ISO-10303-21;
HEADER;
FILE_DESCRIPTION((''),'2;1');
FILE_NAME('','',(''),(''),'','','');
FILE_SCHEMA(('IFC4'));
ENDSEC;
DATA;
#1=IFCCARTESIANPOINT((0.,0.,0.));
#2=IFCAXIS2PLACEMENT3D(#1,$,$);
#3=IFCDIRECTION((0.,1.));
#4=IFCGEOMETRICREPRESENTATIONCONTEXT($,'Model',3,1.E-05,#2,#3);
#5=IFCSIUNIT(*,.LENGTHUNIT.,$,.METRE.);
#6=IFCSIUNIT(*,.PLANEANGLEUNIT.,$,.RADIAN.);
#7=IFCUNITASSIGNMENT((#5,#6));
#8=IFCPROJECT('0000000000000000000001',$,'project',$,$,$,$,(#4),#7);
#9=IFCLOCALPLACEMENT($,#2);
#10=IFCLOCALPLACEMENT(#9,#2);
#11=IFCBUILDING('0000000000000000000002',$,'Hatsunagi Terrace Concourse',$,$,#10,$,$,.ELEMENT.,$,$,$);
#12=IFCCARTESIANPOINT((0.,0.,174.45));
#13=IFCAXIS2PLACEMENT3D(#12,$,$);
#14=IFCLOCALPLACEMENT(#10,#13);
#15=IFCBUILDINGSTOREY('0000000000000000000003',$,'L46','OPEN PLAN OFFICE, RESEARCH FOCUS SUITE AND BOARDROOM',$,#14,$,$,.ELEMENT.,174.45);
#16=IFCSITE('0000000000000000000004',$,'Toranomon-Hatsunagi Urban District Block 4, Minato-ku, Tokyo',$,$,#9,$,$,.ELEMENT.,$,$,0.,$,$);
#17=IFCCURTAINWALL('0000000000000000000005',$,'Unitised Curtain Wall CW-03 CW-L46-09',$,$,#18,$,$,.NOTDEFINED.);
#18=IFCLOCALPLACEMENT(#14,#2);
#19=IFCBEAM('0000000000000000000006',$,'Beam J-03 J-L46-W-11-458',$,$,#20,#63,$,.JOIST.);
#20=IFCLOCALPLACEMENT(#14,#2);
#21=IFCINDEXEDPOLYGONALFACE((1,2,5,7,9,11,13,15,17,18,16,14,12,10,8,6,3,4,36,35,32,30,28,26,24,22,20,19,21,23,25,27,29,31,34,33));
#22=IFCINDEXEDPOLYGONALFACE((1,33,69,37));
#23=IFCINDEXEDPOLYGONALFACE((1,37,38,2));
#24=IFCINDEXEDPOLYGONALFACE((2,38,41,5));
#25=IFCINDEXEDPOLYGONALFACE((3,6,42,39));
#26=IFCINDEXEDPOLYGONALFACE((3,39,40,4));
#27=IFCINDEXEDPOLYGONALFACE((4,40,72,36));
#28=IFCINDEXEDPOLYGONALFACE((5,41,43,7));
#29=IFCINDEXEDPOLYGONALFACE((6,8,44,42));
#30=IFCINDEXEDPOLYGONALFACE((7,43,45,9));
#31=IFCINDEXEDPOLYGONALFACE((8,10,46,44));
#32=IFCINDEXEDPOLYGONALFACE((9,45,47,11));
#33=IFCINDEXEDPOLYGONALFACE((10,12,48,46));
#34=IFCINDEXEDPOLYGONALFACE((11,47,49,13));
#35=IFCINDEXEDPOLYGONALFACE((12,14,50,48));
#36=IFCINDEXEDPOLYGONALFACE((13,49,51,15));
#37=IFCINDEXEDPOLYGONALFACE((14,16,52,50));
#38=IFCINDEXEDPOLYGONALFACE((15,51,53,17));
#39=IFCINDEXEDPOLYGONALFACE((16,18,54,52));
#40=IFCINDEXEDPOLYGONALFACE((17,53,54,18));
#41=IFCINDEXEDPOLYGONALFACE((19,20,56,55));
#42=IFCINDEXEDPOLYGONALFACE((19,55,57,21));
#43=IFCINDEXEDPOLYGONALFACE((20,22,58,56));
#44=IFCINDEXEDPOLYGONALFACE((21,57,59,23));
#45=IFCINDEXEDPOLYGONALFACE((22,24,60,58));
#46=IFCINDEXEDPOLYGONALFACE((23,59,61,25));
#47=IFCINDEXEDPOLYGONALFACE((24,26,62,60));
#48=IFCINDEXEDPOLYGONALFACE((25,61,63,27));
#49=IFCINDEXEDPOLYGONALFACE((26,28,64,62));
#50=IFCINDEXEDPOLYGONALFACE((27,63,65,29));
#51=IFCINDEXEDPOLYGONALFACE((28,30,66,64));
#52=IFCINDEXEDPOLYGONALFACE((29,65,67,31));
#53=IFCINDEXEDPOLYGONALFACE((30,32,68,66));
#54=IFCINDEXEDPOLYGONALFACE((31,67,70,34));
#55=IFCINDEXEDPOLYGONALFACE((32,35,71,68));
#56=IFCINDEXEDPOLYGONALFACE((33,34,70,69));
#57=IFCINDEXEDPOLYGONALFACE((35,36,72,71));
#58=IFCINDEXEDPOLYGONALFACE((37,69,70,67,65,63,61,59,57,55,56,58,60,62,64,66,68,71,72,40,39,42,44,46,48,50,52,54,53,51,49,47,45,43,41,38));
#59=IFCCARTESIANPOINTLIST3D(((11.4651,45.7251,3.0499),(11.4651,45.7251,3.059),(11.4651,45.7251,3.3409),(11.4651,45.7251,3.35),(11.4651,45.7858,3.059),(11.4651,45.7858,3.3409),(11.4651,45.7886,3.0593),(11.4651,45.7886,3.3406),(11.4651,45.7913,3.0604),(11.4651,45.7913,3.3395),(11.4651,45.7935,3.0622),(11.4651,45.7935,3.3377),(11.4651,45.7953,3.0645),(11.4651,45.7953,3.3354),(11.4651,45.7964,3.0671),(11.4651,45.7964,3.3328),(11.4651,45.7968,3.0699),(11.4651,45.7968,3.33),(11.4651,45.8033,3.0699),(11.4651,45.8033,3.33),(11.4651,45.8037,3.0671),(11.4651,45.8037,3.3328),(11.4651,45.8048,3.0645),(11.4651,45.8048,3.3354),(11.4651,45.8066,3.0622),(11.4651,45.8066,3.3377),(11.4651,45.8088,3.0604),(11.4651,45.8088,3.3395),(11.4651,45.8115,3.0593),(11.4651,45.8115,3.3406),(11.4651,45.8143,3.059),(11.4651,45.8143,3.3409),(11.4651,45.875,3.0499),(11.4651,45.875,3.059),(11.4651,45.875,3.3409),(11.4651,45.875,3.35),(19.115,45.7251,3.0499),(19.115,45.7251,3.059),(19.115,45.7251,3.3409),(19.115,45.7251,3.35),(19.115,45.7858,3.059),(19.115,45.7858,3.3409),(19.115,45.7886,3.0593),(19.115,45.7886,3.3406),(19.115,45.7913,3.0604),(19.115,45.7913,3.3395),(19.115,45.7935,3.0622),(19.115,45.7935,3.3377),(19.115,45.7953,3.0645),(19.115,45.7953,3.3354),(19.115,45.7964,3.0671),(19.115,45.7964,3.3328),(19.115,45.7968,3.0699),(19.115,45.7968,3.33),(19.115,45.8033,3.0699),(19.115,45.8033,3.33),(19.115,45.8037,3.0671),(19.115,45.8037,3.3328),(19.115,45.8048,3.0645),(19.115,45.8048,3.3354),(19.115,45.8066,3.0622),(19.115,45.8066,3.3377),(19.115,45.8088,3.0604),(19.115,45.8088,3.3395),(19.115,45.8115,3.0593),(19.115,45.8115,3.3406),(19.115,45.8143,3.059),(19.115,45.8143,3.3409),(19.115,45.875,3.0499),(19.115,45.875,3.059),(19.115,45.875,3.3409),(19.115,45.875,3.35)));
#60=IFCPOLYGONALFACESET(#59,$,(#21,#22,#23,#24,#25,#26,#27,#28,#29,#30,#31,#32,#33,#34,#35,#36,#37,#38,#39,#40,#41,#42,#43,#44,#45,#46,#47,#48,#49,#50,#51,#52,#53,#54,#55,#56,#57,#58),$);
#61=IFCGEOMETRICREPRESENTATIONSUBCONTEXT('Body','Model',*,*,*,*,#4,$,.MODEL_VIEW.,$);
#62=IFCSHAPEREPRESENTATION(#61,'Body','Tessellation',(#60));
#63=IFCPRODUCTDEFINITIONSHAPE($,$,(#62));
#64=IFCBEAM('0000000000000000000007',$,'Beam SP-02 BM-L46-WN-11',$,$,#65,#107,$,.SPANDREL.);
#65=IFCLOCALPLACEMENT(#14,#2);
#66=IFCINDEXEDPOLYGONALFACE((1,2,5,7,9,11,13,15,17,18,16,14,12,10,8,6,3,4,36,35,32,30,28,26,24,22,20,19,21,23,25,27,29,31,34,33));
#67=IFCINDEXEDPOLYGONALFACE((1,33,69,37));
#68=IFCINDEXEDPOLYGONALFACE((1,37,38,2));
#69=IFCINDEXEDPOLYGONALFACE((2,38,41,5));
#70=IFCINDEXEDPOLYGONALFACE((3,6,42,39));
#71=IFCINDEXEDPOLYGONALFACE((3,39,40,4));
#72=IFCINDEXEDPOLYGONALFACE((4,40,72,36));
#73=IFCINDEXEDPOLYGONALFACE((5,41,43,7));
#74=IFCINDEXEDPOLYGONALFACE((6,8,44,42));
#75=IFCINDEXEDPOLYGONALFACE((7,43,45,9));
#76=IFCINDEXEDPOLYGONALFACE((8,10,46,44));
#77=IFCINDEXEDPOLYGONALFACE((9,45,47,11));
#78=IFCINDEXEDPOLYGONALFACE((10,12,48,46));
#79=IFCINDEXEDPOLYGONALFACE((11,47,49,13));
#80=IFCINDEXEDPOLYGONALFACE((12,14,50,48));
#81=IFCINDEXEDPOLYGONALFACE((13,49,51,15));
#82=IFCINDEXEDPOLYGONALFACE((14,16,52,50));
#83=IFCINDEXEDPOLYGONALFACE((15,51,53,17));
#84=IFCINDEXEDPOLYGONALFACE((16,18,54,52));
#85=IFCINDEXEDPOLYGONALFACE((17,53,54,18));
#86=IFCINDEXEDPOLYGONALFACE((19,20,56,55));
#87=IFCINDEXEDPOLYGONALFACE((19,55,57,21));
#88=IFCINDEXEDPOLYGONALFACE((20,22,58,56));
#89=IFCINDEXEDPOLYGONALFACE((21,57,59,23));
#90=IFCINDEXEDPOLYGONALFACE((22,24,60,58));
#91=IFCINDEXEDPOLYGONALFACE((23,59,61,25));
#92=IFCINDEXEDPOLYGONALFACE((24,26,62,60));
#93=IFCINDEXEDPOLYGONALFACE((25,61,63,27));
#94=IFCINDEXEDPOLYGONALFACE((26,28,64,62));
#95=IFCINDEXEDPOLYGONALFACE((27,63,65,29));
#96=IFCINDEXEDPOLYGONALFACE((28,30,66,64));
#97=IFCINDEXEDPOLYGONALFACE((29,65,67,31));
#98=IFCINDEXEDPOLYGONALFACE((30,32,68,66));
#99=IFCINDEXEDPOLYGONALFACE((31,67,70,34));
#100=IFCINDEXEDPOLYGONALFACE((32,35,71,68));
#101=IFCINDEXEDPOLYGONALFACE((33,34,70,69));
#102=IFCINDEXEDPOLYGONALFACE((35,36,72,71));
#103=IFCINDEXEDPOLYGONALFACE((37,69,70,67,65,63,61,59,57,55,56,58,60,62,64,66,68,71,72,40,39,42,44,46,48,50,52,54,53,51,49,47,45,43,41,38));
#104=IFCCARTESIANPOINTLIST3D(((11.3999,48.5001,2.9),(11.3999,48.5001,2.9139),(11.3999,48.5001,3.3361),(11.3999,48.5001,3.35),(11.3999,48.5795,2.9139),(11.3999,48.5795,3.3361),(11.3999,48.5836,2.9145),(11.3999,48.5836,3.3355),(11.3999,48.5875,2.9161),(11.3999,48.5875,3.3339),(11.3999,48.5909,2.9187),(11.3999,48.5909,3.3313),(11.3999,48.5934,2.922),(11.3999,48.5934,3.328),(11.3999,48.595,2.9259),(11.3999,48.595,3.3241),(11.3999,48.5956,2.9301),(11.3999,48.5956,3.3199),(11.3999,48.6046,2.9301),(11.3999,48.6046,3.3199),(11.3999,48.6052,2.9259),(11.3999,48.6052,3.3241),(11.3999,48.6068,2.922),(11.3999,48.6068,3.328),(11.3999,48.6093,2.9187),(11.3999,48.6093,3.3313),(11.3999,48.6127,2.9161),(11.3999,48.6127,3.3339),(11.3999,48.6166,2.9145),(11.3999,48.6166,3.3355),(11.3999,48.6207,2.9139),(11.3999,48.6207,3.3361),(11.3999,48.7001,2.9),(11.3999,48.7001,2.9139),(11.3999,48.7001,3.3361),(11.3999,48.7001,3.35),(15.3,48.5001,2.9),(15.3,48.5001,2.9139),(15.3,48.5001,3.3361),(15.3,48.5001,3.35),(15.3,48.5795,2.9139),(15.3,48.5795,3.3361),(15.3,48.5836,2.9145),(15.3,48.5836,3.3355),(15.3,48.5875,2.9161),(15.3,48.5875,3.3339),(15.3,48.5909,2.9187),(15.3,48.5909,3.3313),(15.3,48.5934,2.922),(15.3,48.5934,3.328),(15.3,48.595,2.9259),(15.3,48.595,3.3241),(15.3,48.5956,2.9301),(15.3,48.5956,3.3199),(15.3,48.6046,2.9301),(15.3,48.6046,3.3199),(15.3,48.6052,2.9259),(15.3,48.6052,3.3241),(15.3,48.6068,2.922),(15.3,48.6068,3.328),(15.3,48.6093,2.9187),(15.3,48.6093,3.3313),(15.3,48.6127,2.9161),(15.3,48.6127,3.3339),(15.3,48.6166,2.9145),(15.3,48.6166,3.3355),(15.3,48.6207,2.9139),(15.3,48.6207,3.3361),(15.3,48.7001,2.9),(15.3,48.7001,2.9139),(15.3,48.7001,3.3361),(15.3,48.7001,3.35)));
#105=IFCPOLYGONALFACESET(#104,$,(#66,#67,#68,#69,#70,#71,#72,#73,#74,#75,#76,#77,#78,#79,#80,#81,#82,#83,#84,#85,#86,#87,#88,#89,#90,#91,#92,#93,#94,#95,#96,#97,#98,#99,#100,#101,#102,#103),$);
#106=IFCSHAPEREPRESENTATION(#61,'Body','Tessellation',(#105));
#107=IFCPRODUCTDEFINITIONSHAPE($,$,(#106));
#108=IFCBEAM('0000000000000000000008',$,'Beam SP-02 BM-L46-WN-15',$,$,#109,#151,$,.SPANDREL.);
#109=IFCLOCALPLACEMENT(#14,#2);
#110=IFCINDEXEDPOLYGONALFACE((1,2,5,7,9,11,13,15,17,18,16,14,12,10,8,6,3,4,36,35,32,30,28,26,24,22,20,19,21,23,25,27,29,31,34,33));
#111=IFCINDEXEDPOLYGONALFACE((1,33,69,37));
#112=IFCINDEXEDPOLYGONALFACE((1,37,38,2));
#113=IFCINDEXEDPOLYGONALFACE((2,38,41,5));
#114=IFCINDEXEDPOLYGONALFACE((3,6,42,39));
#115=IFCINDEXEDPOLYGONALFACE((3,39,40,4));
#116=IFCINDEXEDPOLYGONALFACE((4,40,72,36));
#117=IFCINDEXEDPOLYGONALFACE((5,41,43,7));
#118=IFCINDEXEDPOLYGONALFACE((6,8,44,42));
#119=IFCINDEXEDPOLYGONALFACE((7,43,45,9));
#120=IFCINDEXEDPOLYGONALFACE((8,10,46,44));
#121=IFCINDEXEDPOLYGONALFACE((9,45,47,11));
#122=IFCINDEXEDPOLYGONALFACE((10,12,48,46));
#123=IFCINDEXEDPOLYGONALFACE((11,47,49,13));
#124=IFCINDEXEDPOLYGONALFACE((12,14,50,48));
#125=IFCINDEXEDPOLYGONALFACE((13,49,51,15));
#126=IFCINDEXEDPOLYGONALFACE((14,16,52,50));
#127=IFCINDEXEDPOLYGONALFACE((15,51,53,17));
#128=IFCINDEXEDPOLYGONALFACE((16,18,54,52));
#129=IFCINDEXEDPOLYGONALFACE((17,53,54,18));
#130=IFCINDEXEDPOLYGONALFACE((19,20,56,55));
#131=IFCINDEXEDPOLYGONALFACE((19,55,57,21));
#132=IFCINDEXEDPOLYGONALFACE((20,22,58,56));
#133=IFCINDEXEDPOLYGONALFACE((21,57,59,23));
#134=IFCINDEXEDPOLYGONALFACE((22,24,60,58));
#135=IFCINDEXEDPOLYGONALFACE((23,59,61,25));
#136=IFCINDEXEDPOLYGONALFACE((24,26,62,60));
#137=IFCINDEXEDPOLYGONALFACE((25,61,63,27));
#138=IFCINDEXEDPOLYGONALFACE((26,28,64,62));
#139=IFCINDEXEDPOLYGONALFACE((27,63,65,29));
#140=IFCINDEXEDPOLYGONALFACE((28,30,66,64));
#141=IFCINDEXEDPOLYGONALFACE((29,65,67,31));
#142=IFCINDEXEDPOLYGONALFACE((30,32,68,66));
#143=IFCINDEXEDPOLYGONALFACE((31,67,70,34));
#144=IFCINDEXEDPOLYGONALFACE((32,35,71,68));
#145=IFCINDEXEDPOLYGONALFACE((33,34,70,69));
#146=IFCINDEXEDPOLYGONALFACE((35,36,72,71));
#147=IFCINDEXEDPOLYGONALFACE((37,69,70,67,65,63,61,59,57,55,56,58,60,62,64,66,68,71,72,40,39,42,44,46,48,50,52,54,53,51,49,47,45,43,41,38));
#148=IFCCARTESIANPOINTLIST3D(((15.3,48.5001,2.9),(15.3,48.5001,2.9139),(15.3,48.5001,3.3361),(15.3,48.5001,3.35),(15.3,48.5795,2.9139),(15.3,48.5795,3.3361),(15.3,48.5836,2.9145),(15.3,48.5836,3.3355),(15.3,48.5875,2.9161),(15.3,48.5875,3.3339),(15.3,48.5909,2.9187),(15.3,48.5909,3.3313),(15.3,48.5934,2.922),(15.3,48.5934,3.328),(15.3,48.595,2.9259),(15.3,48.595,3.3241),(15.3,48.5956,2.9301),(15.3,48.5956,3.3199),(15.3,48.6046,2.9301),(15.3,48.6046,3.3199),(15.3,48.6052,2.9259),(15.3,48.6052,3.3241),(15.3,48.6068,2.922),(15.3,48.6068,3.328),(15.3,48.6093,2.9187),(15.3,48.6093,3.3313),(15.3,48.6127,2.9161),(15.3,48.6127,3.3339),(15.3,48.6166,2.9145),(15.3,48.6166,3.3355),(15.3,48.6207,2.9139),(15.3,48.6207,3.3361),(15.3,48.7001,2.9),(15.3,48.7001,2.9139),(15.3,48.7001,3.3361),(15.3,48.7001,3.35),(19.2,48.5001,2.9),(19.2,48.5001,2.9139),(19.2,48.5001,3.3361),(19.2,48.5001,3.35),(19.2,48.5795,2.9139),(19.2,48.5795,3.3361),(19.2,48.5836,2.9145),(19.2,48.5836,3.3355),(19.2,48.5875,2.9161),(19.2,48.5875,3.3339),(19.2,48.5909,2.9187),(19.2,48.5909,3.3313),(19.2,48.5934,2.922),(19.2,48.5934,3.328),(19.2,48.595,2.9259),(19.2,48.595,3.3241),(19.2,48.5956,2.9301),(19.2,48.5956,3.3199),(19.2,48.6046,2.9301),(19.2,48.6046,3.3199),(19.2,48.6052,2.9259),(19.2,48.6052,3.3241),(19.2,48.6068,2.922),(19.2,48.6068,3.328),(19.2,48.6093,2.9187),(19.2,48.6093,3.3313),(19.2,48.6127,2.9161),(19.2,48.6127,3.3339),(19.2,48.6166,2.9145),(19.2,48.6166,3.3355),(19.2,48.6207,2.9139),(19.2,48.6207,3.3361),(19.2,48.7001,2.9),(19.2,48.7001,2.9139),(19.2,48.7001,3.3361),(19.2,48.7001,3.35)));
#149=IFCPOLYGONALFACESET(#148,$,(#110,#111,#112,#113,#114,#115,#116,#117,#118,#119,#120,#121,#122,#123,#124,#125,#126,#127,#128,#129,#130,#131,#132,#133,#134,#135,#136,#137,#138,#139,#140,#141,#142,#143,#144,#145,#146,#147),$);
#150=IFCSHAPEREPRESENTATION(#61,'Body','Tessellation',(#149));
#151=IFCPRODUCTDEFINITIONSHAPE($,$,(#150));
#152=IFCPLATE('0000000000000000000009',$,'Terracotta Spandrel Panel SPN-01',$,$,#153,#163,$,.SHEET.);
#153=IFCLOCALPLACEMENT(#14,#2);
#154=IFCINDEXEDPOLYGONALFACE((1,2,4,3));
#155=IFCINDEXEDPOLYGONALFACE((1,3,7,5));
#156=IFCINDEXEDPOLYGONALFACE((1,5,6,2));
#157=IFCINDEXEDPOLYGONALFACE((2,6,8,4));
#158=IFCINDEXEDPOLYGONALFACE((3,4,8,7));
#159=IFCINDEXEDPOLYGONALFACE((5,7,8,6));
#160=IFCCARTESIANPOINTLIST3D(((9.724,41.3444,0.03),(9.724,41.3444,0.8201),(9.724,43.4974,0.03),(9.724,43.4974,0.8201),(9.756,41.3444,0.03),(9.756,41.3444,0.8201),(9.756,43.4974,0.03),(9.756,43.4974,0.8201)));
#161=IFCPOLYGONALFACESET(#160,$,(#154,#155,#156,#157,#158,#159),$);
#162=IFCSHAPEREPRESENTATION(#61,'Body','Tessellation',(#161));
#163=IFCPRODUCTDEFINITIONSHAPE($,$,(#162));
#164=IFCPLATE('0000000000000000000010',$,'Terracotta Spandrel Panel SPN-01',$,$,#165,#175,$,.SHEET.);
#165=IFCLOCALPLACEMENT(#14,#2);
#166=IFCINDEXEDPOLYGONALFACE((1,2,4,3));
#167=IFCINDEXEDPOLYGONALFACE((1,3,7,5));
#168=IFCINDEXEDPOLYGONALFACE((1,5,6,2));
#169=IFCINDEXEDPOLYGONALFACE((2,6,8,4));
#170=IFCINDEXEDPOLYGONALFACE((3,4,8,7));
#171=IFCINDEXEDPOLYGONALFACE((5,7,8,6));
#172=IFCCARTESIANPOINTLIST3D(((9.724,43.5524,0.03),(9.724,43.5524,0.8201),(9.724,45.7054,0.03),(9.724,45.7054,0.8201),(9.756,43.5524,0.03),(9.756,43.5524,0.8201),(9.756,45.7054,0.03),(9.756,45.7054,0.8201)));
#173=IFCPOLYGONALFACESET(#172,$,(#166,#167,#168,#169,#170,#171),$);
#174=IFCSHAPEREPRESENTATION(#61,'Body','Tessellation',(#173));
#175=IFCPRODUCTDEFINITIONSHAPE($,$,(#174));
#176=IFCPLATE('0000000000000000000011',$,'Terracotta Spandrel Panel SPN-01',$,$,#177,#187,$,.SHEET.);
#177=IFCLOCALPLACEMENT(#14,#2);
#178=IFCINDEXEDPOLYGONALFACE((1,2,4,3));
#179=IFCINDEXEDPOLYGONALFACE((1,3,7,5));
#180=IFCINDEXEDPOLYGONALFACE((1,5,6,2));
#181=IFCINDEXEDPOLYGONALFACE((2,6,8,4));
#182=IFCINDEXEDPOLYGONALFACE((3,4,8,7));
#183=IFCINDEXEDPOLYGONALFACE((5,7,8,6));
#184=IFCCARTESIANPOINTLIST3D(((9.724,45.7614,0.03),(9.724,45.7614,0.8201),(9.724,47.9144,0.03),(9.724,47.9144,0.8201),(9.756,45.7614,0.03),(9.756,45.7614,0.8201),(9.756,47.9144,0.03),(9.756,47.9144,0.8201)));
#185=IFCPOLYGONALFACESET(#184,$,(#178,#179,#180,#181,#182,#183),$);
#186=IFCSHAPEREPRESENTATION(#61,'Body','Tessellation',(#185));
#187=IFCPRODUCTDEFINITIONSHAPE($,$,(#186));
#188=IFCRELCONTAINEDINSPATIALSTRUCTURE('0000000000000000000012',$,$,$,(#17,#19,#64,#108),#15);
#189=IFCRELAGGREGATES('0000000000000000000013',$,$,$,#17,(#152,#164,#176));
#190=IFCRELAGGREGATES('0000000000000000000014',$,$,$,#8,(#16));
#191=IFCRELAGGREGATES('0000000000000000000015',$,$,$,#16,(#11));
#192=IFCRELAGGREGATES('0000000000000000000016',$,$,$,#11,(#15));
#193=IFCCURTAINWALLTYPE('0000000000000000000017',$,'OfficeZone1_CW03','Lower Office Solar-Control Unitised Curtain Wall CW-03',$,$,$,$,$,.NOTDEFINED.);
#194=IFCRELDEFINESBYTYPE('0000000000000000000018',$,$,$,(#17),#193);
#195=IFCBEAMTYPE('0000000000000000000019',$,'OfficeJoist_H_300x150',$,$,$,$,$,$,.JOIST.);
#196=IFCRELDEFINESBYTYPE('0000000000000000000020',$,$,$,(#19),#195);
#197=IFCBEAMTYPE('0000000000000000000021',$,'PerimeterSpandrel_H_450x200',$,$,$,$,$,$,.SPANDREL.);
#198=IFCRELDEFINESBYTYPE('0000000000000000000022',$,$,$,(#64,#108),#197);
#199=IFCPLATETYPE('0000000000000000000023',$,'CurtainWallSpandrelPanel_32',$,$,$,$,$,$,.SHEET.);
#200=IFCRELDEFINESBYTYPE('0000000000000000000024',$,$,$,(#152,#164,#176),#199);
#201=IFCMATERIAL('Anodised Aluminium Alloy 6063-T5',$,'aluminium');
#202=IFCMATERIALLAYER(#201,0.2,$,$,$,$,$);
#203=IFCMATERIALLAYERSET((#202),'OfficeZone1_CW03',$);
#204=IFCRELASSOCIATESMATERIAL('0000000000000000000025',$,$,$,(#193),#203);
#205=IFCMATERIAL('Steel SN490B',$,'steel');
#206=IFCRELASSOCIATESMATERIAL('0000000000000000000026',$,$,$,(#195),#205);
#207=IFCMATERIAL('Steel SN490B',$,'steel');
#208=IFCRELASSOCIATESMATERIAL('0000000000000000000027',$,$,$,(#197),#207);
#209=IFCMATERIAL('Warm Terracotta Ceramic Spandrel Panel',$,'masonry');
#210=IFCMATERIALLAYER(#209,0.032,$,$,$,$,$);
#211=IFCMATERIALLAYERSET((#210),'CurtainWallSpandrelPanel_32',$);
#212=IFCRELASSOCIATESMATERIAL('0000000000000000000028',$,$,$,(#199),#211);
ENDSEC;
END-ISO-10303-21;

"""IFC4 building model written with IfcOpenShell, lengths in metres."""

from ifc_helpers import new_model, si_unit, direction, frame, origin, origin_2d, place, context, subcontext, project, spatial, rectangle, i_section, extrude, material, layer, layer_set, material_profile, profile_set, type_object, element, aggregate, save


model = new_model("IFC4")

# Units and contexts
model_context = context("Model", 3, precision=1e-05, world=origin(), true_north=direction((0.0, 1.0)))
body_context = subcontext(model_context, "Body", "Model", "MODEL_VIEW")
ifc_project = project(units=[si_unit("LENGTHUNIT", "METRE"), si_unit("PLANEANGLEUNIT", "RADIAN")], contexts=[model_context])

# Site, building, storey
site_placement = place(None, origin())
site = spatial("IfcSite", under=ifc_project, at=site_placement, Name="Toranomon-Hatsunagi Urban District Block 4, Minato-ku, Tokyo", CompositionType="ELEMENT", RefElevation=0.0)
building_placement = place(site_placement, origin())
building = spatial("IfcBuilding", under=site, at=building_placement, Name="Hatsunagi Terrace Concourse", CompositionType="ELEMENT")
storey_placement = place(building_placement, frame((0.0, 0.0, 174.45)))
storey = spatial("IfcBuildingStorey", under=building, at=storey_placement, Name="L46", Description="OPEN PLAN OFFICE, RESEARCH FOCUS SUITE AND BOARDROOM", CompositionType="ELEMENT", Elevation=174.45)

# Curtain wall
ifc_material_1 = material(Name="Anodised Aluminium Alloy 6063-T5", Category="aluminium")
ifc_layer_1 = layer(ifc_material_1, 0.2)
ifc_layer_set_1 = layer_set([ifc_layer_1], Name="OfficeZone1_CW03")
curtain_wall_type = type_object("IfcCurtainWallType", Name="OfficeZone1_CW03", Description="Lower Office Solar-Control Unitised Curtain Wall CW-03", PredefinedType="NOTDEFINED", material=ifc_layer_set_1)
curtain_wall_placement = place(storey_placement, origin())
curtain_wall = element("IfcCurtainWall", 1, at=curtain_wall_placement, inside=storey, type_object=curtain_wall_type, Name="Unitised Curtain Wall CW-03 CW-L46-09", PredefinedType="NOTDEFINED")

# Beams
ifc_material_2 = material(Name="Steel SN490B", Category="steel")
ifc_material_profile_1 = material_profile(ifc_material_2, i_section(OverallWidth=0.1499, OverallDepth=0.3, WebThickness=0.0066, FlangeThickness=0.009, FilletRadius=0.011, at=origin_2d()), Name="H-300x150x6.5x9")
ifc_profile_set_1 = profile_set([ifc_material_profile_1], Name="Steel SN490B")
beam_type_1 = type_object("IfcBeamType", Name="OfficeJoist_H_300x150", PredefinedType="JOIST", material=ifc_profile_set_1)
for number, where, z_axis, x_axis, name in (
    (2, (11.4651, 45.8, 3.2), (1.0, 0.0, 0.0), (0.0, 1.0, 0.0), "Beam J-03 J-L46-W-11-458"),
):
    element("IfcBeam", number, at=place(storey_placement, frame(where, z_axis=z_axis, x_axis=x_axis)), inside=storey, type_object=beam_type_1, Name=name, PredefinedType="JOIST", context=body_context, shape_type="SweptSolid", body=[
        extrude(i_section(OverallWidth=0.1499, OverallDepth=0.3, WebThickness=0.0066, FlangeThickness=0.009, FilletRadius=0.011, at=origin_2d()), origin(), (0.0, 0.0, 1.0), 7.6499),
    ])
ifc_material_3 = material(Name="Steel SN490B", Category="steel")
ifc_material_profile_2 = material_profile(ifc_material_3, i_section(OverallWidth=0.2, OverallDepth=0.45, WebThickness=0.009, FlangeThickness=0.0139, FilletRadius=0.0161, at=origin_2d()), Name="H-450x200x9x14")
ifc_profile_set_2 = profile_set([ifc_material_profile_2], Name="Steel SN490B")
beam_type_2 = type_object("IfcBeamType", Name="PerimeterSpandrel_H_450x200", PredefinedType="SPANDREL", material=ifc_profile_set_2)
beam_1_placement = place(storey_placement, frame((11.3999, 48.6001, 3.125), z_axis=(1.0, 0.0, 0.0), x_axis=(0.0, 1.0, 0.0)))
element("IfcBeam", 3, at=beam_1_placement, inside=storey, type_object=beam_type_2, Name="Beam SP-02 BM-L46-WN-11", PredefinedType="SPANDREL", context=body_context, shape_type="SweptSolid", body=[
    extrude(i_section(OverallWidth=0.2, OverallDepth=0.45, WebThickness=0.009, FlangeThickness=0.0139, FilletRadius=0.0161, at=origin_2d()), origin(), (0.0, 0.0, 1.0), 3.9001),
])
beam_2_placement = place(storey_placement, frame((15.3, 48.6001, 3.125), z_axis=(1.0, 0.0, 0.0), x_axis=(0.0, 1.0, 0.0)))
element("IfcBeam", 4, at=beam_2_placement, inside=storey, type_object=beam_type_2, Name="Beam SP-02 BM-L46-WN-15", PredefinedType="SPANDREL", context=body_context, shape_type="SweptSolid", body=[
    extrude(i_section(OverallWidth=0.2, OverallDepth=0.45, WebThickness=0.009, FlangeThickness=0.0139, FilletRadius=0.0161, at=origin_2d()), origin(), (0.0, 0.0, 1.0), 3.8999),
])

# Plates
ifc_material_4 = material(Name="Warm Terracotta Ceramic Spandrel Panel", Category="masonry")
ifc_layer_2 = layer(ifc_material_4, 0.032)
ifc_layer_set_2 = layer_set([ifc_layer_2], Name="CurtainWallSpandrelPanel_32")
plate_type_1 = type_object("IfcPlateType", Name="CurtainWallSpandrelPanel_32", PredefinedType="SHEET", material=ifc_layer_set_2)
plate_1_placement = place(storey_placement, frame((9.74, 42.4209, 0.03), z_axis=(0.0, 0.0, 1.0), x_axis=(0.0, 1.0, 0.0)))
plate_1 = element("IfcPlate", 5, at=plate_1_placement, type_object=plate_type_1, Name="Terracotta Spandrel Panel SPN-01", PredefinedType="SHEET", context=body_context, shape_type="SweptSolid", body=[
    extrude(rectangle(XDim=2.1531, YDim=0.032, at=origin_2d()), origin(), (0.0, 0.0, 1.0), 0.79),
])
plate_2_placement = place(storey_placement, frame((9.74, 44.6289, 0.03), z_axis=(0.0, 0.0, 1.0), x_axis=(0.0, 1.0, 0.0)))
plate_2 = element("IfcPlate", 6, at=plate_2_placement, type_object=plate_type_1, Name="Terracotta Spandrel Panel SPN-01", PredefinedType="SHEET", context=body_context, shape_type="SweptSolid", body=[
    extrude(rectangle(XDim=2.1531, YDim=0.032, at=origin_2d()), origin(), (0.0, 0.0, 1.0), 0.79),
])
plate_3_placement = place(storey_placement, frame((9.74, 46.8379, 0.03), z_axis=(0.0, 0.0, 1.0), x_axis=(0.0, 1.0, 0.0)))
plate_3 = element("IfcPlate", 7, at=plate_3_placement, type_object=plate_type_1, Name="Terracotta Spandrel Panel SPN-01", PredefinedType="SHEET", context=body_context, shape_type="SweptSolid", body=[
    extrude(rectangle(XDim=2.1531, YDim=0.032, at=origin_2d()), origin(), (0.0, 0.0, 1.0), 0.79),
])
aggregate(curtain_wall, [plate_1, plate_2, plate_3])

save(model, "model.ifc")
